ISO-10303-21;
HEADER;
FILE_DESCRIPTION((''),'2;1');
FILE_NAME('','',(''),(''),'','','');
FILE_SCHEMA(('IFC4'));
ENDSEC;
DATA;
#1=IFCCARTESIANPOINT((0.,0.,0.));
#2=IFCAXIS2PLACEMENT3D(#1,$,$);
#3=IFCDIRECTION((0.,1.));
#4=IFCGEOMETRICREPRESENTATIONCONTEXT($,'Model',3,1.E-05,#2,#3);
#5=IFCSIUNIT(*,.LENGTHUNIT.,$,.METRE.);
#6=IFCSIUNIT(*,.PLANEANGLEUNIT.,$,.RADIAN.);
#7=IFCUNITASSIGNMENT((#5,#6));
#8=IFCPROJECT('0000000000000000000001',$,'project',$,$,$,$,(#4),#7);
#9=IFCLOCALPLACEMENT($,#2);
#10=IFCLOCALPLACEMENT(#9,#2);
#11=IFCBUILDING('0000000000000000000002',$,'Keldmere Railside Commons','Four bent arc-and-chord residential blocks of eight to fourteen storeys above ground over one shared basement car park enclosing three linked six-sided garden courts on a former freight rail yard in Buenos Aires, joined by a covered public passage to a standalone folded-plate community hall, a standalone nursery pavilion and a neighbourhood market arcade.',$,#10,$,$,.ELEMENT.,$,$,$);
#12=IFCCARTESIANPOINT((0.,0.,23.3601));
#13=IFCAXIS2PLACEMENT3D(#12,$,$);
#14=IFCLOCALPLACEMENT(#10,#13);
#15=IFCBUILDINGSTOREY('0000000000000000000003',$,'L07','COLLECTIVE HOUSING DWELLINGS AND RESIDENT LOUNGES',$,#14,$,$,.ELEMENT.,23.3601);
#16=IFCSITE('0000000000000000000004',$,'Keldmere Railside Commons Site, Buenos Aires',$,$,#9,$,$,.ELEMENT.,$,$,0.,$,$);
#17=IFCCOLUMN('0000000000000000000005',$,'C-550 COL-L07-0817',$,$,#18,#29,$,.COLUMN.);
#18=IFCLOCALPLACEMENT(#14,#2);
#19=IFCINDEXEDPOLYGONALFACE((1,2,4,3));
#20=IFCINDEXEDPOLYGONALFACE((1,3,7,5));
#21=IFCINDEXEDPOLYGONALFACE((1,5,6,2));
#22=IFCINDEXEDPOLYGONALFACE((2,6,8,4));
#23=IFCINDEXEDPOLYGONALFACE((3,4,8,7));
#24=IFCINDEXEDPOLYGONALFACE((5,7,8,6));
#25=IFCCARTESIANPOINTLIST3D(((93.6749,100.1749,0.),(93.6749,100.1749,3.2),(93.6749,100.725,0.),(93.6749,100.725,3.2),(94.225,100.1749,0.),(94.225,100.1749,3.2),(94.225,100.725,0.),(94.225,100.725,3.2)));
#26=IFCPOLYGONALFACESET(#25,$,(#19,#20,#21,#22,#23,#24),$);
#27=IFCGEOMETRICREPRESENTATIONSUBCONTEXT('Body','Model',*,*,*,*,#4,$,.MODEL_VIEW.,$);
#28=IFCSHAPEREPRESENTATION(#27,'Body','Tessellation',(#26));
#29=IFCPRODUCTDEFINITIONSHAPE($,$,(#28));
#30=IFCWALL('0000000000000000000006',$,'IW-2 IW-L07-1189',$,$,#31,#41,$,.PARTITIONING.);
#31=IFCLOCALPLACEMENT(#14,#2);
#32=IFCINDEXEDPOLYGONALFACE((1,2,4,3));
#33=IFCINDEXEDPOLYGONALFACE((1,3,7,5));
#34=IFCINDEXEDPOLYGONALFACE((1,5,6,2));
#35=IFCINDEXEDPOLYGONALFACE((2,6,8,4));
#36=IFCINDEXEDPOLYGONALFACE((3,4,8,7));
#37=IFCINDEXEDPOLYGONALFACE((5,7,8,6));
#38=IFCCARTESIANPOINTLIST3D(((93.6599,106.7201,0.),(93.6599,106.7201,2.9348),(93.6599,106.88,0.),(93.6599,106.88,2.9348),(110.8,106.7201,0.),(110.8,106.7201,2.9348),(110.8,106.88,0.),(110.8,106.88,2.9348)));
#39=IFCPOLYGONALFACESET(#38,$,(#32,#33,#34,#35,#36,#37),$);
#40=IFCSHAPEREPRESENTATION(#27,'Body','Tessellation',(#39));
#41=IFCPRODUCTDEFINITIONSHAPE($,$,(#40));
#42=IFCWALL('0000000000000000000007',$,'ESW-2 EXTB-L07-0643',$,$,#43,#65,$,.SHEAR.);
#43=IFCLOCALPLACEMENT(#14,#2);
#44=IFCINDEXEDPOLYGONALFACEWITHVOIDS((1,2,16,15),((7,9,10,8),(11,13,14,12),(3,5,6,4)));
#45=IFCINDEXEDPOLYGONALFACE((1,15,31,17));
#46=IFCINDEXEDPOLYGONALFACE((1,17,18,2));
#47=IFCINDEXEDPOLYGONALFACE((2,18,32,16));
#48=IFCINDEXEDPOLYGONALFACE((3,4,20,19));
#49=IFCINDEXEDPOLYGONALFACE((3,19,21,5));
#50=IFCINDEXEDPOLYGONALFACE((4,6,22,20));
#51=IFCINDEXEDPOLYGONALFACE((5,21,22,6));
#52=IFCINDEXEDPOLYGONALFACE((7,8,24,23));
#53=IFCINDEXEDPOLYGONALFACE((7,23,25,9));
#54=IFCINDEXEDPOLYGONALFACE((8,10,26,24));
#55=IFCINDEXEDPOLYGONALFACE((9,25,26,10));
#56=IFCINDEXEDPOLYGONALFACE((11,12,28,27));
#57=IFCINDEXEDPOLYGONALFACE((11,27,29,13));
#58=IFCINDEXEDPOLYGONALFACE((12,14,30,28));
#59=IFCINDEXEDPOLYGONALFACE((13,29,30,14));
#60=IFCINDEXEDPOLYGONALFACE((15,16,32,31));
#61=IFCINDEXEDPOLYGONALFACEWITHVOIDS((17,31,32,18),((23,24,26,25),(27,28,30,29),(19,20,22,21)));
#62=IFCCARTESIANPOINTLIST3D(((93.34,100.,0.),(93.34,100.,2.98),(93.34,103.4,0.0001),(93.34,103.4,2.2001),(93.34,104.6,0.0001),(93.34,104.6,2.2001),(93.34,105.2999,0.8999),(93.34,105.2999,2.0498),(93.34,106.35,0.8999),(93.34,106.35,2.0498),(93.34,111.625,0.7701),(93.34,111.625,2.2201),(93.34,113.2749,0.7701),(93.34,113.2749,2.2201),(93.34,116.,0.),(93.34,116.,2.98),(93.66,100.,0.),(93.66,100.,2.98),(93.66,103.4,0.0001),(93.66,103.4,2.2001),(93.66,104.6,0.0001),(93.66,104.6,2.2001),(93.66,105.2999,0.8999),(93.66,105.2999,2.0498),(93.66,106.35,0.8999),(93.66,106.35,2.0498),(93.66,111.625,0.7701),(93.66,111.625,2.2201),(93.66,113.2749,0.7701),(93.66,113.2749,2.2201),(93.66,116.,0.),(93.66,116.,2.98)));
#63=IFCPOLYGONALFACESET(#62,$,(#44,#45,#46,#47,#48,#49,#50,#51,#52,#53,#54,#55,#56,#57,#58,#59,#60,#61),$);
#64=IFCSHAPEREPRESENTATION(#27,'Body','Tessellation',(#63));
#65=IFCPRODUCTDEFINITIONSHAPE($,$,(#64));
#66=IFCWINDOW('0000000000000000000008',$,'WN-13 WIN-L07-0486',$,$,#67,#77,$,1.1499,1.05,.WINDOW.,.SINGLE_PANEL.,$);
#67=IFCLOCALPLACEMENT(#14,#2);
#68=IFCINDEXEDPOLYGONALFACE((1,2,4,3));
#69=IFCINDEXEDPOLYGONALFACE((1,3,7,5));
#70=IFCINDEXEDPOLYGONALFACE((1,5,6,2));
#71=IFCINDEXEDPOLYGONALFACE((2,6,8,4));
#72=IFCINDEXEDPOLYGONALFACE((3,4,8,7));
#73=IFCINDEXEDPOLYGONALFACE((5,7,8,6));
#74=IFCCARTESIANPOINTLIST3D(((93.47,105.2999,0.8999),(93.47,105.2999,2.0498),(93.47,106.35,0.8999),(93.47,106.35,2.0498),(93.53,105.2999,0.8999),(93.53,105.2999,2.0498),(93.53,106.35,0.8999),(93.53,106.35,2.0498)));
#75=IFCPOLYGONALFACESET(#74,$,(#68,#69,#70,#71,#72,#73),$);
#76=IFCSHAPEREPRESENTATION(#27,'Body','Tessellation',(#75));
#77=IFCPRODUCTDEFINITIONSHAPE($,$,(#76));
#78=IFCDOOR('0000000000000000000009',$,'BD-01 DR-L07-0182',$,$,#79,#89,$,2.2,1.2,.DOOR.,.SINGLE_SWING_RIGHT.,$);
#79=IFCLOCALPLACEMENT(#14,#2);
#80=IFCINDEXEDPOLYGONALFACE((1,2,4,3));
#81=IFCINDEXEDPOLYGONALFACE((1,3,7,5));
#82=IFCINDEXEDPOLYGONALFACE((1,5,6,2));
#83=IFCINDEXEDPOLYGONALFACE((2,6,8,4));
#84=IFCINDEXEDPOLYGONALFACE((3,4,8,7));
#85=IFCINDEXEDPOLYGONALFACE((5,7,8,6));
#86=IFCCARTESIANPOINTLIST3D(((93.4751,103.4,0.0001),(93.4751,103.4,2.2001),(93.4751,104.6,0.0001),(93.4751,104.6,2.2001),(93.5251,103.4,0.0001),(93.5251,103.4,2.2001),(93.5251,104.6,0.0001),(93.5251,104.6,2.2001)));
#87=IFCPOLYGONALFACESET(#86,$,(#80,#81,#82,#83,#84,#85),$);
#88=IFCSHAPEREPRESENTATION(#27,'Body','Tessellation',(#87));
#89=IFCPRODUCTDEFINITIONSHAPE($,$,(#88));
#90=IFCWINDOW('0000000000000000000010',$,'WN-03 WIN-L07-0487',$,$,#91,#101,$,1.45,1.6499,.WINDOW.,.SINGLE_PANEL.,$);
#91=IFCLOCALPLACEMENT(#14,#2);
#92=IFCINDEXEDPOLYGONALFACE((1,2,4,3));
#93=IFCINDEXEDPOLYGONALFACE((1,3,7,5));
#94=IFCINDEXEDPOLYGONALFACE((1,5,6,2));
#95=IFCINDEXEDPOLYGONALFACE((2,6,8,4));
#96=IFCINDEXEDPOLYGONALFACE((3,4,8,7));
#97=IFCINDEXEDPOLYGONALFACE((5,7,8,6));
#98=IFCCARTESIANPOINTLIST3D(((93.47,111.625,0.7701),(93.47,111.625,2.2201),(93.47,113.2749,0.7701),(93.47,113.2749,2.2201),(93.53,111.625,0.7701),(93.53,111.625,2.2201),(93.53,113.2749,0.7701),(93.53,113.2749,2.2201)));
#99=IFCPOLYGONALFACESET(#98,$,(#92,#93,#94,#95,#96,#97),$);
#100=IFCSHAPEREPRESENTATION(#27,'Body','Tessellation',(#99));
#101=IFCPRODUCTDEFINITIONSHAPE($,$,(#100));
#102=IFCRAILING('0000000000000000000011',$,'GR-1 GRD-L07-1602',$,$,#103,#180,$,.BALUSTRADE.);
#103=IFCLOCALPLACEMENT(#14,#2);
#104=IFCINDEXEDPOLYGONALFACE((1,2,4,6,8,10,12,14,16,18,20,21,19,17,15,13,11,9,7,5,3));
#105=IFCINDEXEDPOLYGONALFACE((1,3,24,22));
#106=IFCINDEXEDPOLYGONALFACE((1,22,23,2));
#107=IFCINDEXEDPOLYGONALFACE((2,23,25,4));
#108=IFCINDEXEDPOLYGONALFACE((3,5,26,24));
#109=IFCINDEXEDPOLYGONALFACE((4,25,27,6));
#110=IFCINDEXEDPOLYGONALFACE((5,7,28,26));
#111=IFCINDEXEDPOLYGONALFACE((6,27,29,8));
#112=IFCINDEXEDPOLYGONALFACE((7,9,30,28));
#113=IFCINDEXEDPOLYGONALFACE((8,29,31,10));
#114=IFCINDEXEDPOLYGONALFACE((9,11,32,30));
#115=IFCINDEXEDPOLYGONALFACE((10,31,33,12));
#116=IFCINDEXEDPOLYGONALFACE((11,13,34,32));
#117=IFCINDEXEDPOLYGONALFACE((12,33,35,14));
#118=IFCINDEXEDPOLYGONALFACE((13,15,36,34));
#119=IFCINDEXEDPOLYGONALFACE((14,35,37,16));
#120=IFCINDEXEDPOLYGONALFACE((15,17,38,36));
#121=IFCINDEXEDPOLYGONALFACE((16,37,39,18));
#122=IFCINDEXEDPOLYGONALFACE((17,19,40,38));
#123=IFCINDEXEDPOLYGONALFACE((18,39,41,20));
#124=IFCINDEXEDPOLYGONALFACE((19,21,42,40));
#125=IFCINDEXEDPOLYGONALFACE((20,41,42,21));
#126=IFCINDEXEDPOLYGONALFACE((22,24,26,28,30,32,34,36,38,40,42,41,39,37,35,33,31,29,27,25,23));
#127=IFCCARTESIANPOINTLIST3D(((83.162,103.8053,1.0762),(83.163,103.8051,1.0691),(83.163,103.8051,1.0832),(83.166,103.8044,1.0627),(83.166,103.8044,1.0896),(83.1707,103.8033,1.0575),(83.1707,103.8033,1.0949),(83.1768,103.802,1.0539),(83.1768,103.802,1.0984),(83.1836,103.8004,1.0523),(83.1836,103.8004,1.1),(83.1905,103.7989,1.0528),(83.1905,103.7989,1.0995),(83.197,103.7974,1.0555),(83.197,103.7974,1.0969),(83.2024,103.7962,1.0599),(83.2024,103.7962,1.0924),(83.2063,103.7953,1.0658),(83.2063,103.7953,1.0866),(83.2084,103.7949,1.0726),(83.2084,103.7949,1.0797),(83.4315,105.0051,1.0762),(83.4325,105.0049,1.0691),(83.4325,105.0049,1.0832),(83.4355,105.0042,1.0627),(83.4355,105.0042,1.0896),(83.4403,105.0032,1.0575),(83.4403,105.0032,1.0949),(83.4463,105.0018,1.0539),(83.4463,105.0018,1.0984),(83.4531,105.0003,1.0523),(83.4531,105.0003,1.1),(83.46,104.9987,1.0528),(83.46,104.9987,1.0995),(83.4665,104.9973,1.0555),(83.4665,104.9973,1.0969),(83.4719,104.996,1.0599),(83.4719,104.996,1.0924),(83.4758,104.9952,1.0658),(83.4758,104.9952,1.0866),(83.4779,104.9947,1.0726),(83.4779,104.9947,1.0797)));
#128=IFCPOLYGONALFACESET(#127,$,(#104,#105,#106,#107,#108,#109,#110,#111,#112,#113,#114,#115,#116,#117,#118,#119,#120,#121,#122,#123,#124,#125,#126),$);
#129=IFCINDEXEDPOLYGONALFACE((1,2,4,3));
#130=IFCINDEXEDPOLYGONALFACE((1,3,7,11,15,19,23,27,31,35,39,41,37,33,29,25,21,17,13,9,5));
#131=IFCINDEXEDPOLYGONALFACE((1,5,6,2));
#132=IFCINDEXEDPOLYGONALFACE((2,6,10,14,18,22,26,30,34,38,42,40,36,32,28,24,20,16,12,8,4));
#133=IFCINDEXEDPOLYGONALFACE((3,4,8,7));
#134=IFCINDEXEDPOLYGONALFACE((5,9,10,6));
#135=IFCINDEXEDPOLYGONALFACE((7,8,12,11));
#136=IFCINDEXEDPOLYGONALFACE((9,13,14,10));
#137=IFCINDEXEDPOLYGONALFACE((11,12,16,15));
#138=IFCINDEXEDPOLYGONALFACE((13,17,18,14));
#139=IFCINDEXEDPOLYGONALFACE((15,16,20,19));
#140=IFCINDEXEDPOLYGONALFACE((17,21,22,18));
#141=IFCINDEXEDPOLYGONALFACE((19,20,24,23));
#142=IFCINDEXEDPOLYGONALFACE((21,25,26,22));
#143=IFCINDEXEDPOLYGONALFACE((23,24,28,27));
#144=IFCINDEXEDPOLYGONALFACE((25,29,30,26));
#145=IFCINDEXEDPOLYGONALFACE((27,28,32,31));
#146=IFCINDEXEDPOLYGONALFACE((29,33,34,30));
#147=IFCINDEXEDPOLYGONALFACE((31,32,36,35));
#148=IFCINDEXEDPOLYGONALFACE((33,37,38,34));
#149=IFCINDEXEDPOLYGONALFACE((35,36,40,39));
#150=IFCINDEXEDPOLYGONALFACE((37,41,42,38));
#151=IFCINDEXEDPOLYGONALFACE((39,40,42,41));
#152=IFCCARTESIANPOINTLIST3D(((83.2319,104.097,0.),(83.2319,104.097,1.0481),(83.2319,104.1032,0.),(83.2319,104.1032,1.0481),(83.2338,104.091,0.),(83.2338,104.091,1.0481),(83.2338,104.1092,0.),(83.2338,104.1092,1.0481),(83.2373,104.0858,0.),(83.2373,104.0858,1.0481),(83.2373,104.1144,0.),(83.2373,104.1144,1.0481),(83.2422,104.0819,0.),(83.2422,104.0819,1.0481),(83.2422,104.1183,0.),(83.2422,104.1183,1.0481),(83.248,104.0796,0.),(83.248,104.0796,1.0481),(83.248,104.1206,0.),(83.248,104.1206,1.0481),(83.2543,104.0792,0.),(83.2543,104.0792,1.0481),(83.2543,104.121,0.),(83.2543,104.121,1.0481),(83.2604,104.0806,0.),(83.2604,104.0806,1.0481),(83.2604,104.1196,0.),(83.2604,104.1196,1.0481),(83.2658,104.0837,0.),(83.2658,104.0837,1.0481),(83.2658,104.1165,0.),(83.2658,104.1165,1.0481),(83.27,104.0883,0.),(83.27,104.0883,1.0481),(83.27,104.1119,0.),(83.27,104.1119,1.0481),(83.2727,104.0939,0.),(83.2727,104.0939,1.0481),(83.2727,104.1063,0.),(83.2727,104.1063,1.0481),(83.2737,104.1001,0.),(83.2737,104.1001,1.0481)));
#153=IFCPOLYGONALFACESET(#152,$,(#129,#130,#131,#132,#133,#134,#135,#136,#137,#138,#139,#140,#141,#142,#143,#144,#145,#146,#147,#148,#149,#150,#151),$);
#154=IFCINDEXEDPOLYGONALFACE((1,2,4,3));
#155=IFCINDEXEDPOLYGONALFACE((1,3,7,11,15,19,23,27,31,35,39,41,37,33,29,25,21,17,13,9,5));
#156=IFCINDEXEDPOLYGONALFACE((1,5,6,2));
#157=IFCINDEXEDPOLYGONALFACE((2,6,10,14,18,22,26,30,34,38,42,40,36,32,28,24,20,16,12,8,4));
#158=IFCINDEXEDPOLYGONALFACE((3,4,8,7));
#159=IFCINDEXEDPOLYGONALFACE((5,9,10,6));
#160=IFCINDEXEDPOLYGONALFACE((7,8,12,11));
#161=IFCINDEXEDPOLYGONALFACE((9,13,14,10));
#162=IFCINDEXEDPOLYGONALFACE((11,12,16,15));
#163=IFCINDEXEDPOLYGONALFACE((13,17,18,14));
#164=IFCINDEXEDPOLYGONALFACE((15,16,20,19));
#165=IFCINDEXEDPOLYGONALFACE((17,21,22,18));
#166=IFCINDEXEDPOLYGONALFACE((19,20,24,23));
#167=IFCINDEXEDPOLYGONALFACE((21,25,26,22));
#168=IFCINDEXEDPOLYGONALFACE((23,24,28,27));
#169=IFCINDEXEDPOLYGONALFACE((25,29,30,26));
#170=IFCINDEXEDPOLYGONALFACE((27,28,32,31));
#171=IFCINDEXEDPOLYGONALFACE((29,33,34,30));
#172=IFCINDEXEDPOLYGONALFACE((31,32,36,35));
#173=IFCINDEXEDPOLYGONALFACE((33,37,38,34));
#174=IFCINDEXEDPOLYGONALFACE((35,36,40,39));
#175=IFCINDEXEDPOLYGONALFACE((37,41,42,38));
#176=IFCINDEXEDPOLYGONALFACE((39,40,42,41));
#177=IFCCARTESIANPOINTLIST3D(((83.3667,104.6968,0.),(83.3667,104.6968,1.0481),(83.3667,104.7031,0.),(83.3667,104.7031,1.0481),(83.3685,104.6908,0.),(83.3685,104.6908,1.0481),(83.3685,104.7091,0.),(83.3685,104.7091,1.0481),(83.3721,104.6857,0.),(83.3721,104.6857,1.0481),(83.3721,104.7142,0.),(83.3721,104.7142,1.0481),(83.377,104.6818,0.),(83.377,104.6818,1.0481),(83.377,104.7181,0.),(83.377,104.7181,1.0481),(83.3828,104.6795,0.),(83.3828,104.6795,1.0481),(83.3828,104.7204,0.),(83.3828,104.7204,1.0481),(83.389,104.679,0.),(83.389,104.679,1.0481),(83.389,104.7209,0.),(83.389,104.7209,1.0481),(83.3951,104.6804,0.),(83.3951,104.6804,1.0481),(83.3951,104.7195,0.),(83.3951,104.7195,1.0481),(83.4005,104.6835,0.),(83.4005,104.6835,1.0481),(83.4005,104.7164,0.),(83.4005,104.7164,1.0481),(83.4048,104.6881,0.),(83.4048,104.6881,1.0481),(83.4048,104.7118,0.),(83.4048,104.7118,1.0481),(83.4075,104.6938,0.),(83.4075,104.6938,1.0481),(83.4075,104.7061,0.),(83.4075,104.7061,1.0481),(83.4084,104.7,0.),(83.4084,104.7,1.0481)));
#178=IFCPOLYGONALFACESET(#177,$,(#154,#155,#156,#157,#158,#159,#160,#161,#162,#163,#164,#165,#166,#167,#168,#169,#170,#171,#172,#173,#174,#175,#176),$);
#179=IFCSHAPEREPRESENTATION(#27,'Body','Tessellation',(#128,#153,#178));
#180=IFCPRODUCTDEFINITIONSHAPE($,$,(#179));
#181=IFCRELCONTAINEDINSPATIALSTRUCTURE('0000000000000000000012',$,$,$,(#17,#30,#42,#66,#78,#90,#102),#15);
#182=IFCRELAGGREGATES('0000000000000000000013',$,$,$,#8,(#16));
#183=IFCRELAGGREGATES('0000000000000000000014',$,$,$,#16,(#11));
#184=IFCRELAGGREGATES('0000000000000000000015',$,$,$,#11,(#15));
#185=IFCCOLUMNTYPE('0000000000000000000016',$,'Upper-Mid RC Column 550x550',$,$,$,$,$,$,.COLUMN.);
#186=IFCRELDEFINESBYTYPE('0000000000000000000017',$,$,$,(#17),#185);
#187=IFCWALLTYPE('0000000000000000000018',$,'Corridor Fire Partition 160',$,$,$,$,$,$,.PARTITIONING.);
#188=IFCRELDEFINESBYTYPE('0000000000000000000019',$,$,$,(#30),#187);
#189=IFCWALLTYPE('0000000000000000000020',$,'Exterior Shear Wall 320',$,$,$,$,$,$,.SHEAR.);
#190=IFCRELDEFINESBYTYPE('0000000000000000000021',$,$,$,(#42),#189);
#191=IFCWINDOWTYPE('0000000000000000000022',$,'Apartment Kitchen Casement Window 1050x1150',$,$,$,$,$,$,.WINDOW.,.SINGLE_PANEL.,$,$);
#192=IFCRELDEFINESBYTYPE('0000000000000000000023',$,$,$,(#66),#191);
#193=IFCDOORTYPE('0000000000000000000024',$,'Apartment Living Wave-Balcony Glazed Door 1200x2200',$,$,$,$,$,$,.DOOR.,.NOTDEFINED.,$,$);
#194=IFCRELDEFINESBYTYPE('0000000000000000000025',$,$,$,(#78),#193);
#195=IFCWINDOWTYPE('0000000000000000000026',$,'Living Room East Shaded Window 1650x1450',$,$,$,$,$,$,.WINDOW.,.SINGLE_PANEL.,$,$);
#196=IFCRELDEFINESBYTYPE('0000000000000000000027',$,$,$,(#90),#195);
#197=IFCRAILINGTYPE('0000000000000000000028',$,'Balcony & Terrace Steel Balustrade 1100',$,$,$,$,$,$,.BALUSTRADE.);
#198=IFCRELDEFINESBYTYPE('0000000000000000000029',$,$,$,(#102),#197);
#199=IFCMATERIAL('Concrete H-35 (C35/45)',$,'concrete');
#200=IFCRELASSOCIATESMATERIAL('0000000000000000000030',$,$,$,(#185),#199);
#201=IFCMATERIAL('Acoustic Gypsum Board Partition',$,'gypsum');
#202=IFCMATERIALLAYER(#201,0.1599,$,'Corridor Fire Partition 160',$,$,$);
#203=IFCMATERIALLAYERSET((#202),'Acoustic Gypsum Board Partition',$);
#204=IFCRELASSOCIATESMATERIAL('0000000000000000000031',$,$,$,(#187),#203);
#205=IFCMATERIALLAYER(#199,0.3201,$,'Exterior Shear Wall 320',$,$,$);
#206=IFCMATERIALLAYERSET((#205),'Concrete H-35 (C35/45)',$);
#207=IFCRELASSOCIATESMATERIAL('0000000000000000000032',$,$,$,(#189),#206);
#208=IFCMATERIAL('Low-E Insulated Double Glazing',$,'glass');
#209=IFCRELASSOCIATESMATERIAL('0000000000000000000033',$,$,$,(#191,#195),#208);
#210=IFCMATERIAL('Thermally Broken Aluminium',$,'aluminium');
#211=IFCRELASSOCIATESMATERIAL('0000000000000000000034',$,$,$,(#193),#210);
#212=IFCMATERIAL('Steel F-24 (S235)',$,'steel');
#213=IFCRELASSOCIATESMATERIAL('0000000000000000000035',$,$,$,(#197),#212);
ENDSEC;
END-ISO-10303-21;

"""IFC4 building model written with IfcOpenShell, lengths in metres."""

from ifc_helpers import new_model, si_unit, direction, frame, frame_2d, origin, origin_2d, place, context, subcontext, project, spatial, rectangle, circle, extrude, material, layer, layer_set, material_profile, profile_set, type_object, element, fill, save


model = new_model("IFC4")

# Units and contexts
model_context = context("Model", 3, precision=1e-05, world=origin(), true_north=direction((0.0, 1.0)))
body_context = subcontext(model_context, "Body", "Model", "MODEL_VIEW")
ifc_project = project(units=[si_unit("LENGTHUNIT", "METRE"), si_unit("PLANEANGLEUNIT", "RADIAN")], contexts=[model_context])

# Site, building, storey
site_placement = place(None, origin())
site = spatial("IfcSite", under=ifc_project, at=site_placement, Name="Keldmere Railside Commons Site, Buenos Aires", CompositionType="ELEMENT", RefElevation=0.0)
building_placement = place(site_placement, origin())
building = spatial("IfcBuilding", under=site, at=building_placement, Name="Keldmere Railside Commons", Description="Four bent arc-and-chord residential blocks of eight to fourteen storeys above ground over one shared basement car park enclosing three linked six-sided garden courts on a former freight rail yard in Buenos Aires, joined by a covered public passage to a standalone folded-plate community hall, a standalone nursery pavilion and a neighbourhood market arcade.", CompositionType="ELEMENT")
storey_placement = place(building_placement, frame((0.0, 0.0, 23.3601)))
storey = spatial("IfcBuildingStorey", under=building, at=storey_placement, Name="L07", Description="COLLECTIVE HOUSING DWELLINGS AND RESIDENT LOUNGES", CompositionType="ELEMENT", Elevation=23.3601)

# Column
ifc_material_1 = material(Name="Concrete H-35 (C35/45)", Category="concrete")
ifc_material_profile = material_profile(ifc_material_1, rectangle(XDim=0.55, YDim=0.55, at=origin_2d()), Name="RC-550x550")
ifc_profile_set = profile_set([ifc_material_profile], Name="Concrete H-35 (C35/45)")
column_type = type_object("IfcColumnType", Name="Upper-Mid RC Column 550x550", PredefinedType="COLUMN", material=ifc_profile_set)
column_placement = place(storey_placement, frame((93.95, 100.45, 0.0), z_axis=(0.0, 0.0, 1.0), x_axis=(1.0, 0.0, 0.0)))
element("IfcColumn", 1, at=column_placement, inside=storey, type_object=column_type, Name="C-550 COL-L07-0817", PredefinedType="COLUMN", context=body_context, shape_type="SweptSolid", body=[
    extrude(rectangle(XDim=0.55, YDim=0.55, at=origin_2d()), origin(), (0.0, 0.0, 1.0), 3.2),
])

# Wall
ifc_material_2 = material(Name="Acoustic Gypsum Board Partition", Category="gypsum")
ifc_layer_1 = layer(ifc_material_2, 0.1599, Name="Corridor Fire Partition 160")
ifc_layer_set_1 = layer_set([ifc_layer_1], Name="Acoustic Gypsum Board Partition")
wall_type_1 = type_object("IfcWallType", Name="Corridor Fire Partition 160", PredefinedType="PARTITIONING", material=ifc_layer_set_1)
wall_1_placement = place(storey_placement, frame((93.6599, 106.8, 0.0), z_axis=(0.0, 0.0, 1.0), x_axis=(1.0, 0.0, 0.0)))
element("IfcWall", 2, at=wall_1_placement, inside=storey, type_object=wall_type_1, Name="IW-2 IW-L07-1189", PredefinedType="PARTITIONING", context=body_context, shape_type="SweptSolid", body=[
    extrude(rectangle(XDim=17.1401, YDim=0.1599, at=frame_2d((8.5701, 0.0))), origin(), (0.0, 0.0, 1.0), 2.9348),
])

# Wall, openings, windows, door
ifc_layer_2 = layer(ifc_material_1, 0.3201, Name="Exterior Shear Wall 320")
ifc_layer_set_2 = layer_set([ifc_layer_2], Name="Concrete H-35 (C35/45)")
wall_type_2 = type_object("IfcWallType", Name="Exterior Shear Wall 320", PredefinedType="SHEAR", material=ifc_layer_set_2)
wall_2_placement = place(storey_placement, frame((93.5, 100.0, 0.0), z_axis=(0.0, 0.0, 1.0), x_axis=(0.0, 1.0, 0.0)))
wall_2 = element("IfcWall", 3, at=wall_2_placement, inside=storey, type_object=wall_type_2, Name="ESW-2 EXTB-L07-0643", PredefinedType="SHEAR", context=body_context, shape_type="SweptSolid", body=[
    extrude(rectangle(XDim=16.0, YDim=0.3201, at=frame_2d((8.0, 0.0))), origin(), (0.0, 0.0, 1.0), 2.98),
])
opening_1_placement = place(wall_2_placement, frame((3.3999, 0.0, 0.0)))
opening_1 = element("IfcOpeningElement", 4, at=opening_1_placement, cuts=wall_2, PredefinedType="OPENING", context=body_context, shape_type="SweptSolid", body=[
    extrude(rectangle(XDim=1.2, YDim=2.2, at=frame_2d((0.6001, 1.1001))), frame((0.0, 0.1699, 0.0), z_axis=(0.0, -1.0, 0.0), x_axis=(1.0, 0.0, 0.0)), (0.0, 0.0, 1.0), 0.3401),
])
opening_2_placement = place(wall_2_placement, frame((5.3, 0.0, 0.8999)))
opening_2 = element("IfcOpeningElement", 5, at=opening_2_placement, cuts=wall_2, PredefinedType="OPENING", context=body_context, shape_type="SweptSolid", body=[
    extrude(rectangle(XDim=1.05, YDim=1.1499, at=frame_2d((0.5249, 0.575))), frame((0.0, 0.1699, 0.0), z_axis=(0.0, -1.0, 0.0), x_axis=(1.0, 0.0, 0.0)), (0.0, 0.0, 1.0), 0.3401),
])
opening_3_placement = place(wall_2_placement, frame((11.625, 0.0, 0.77)))
opening_3 = element("IfcOpeningElement", 6, at=opening_3_placement, cuts=wall_2, PredefinedType="OPENING", context=body_context, shape_type="SweptSolid", body=[
    extrude(rectangle(XDim=1.6499, YDim=1.45, at=frame_2d((0.825, 0.7251))), frame((0.0, 0.1699, 0.0), z_axis=(0.0, -1.0, 0.0), x_axis=(1.0, 0.0, 0.0)), (0.0, 0.0, 1.0), 0.3401),
])
ifc_material_3 = material(Name="Low-E Insulated Double Glazing", Category="glass")
window_type_1 = type_object("IfcWindowType", Name="Apartment Kitchen Casement Window 1050x1150", PartitioningType="SINGLE_PANEL", PredefinedType="WINDOW", material=ifc_material_3)
window_1_placement = place(opening_2_placement, origin())
window_1 = element("IfcWindow", 7, at=window_1_placement, inside=storey, type_object=window_type_1, Name="WN-13 WIN-L07-0486", OverallHeight=1.1499, OverallWidth=1.05, PartitioningType="SINGLE_PANEL", PredefinedType="WINDOW", context=body_context, shape_type="SweptSolid", body=[
    extrude(rectangle(XDim=1.05, YDim=1.1499, at=frame_2d((0.5249, 0.575))), frame((0.0, 0.03, 0.0), z_axis=(0.0, -1.0, 0.0), x_axis=(1.0, 0.0, 0.0)), (0.0, 0.0, 1.0), 0.0601),
])
fill(opening_2, window_1)
ifc_material_4 = material(Name="Thermally Broken Aluminium", Category="aluminium")
door_type = type_object("IfcDoorType", Name="Apartment Living Wave-Balcony Glazed Door 1200x2200", OperationType="NOTDEFINED", PredefinedType="DOOR", material=ifc_material_4)
door_placement = place(opening_1_placement, origin())
door = element("IfcDoor", 8, at=door_placement, inside=storey, type_object=door_type, Name="BD-01 DR-L07-0182", OperationType="SINGLE_SWING_RIGHT", OverallHeight=2.2, OverallWidth=1.2, PredefinedType="DOOR", context=body_context, shape_type="SweptSolid", body=[
    extrude(rectangle(XDim=1.2, YDim=2.2, at=frame_2d((0.6001, 1.1001))), frame((0.0, 0.0249, 0.0), z_axis=(0.0, -1.0, 0.0), x_axis=(1.0, 0.0, 0.0)), (0.0, 0.0, 1.0), 0.05),
])
fill(opening_1, door)
window_type_2 = type_object("IfcWindowType", Name="Living Room East Shaded Window 1650x1450", PartitioningType="SINGLE_PANEL", PredefinedType="WINDOW", material=ifc_material_3)
window_2_placement = place(opening_3_placement, origin())
window_2 = element("IfcWindow", 9, at=window_2_placement, inside=storey, type_object=window_type_2, Name="WN-03 WIN-L07-0487", OverallHeight=1.45, OverallWidth=1.6499, PartitioningType="SINGLE_PANEL", PredefinedType="WINDOW", context=body_context, shape_type="SweptSolid", body=[
    extrude(rectangle(XDim=1.6499, YDim=1.45, at=frame_2d((0.825, 0.7251))), frame((0.0, 0.03, 0.0), z_axis=(0.0, -1.0, 0.0), x_axis=(1.0, 0.0, 0.0)), (0.0, 0.0, 1.0), 0.0601),
])
fill(opening_3, window_2)

# Railing
ifc_material_5 = material(Name="Steel F-24 (S235)", Category="steel")
railing_type = type_object("IfcRailingType", Name="Balcony & Terrace Steel Balustrade 1100", PredefinedType="BALUSTRADE", material=ifc_material_5)
railing_1_placement = place(storey_placement, frame((83.1853, 103.8, 0.0)))
element("IfcRailing", 10, at=railing_1_placement, inside=storey, type_object=railing_type, Name="GR-1 GRD-L07-1602", PredefinedType="BALUSTRADE", context=body_context, shape_type="SweptSolid", body=[
    extrude(circle(Radius=0.0239, at=origin_2d()), frame((0.0, 0.0, 1.0762), z_axis=(0.219158, 0.975689, 0.0), x_axis=(-0.975689, 0.219158, 0.0)), (0.0, 0.0, 1.0), 1.2297),
    extrude(circle(Radius=0.021, at=origin_2d()), frame((0.0674, 0.3, 0.0)), (0.0, 0.0, 1.0), 1.0481),
    extrude(circle(Radius=0.021, at=origin_2d()), frame((0.2021, 0.8999, 0.0)), (0.0, 0.0, 1.0), 1.0481),
])

save(model, "model.ifc")
